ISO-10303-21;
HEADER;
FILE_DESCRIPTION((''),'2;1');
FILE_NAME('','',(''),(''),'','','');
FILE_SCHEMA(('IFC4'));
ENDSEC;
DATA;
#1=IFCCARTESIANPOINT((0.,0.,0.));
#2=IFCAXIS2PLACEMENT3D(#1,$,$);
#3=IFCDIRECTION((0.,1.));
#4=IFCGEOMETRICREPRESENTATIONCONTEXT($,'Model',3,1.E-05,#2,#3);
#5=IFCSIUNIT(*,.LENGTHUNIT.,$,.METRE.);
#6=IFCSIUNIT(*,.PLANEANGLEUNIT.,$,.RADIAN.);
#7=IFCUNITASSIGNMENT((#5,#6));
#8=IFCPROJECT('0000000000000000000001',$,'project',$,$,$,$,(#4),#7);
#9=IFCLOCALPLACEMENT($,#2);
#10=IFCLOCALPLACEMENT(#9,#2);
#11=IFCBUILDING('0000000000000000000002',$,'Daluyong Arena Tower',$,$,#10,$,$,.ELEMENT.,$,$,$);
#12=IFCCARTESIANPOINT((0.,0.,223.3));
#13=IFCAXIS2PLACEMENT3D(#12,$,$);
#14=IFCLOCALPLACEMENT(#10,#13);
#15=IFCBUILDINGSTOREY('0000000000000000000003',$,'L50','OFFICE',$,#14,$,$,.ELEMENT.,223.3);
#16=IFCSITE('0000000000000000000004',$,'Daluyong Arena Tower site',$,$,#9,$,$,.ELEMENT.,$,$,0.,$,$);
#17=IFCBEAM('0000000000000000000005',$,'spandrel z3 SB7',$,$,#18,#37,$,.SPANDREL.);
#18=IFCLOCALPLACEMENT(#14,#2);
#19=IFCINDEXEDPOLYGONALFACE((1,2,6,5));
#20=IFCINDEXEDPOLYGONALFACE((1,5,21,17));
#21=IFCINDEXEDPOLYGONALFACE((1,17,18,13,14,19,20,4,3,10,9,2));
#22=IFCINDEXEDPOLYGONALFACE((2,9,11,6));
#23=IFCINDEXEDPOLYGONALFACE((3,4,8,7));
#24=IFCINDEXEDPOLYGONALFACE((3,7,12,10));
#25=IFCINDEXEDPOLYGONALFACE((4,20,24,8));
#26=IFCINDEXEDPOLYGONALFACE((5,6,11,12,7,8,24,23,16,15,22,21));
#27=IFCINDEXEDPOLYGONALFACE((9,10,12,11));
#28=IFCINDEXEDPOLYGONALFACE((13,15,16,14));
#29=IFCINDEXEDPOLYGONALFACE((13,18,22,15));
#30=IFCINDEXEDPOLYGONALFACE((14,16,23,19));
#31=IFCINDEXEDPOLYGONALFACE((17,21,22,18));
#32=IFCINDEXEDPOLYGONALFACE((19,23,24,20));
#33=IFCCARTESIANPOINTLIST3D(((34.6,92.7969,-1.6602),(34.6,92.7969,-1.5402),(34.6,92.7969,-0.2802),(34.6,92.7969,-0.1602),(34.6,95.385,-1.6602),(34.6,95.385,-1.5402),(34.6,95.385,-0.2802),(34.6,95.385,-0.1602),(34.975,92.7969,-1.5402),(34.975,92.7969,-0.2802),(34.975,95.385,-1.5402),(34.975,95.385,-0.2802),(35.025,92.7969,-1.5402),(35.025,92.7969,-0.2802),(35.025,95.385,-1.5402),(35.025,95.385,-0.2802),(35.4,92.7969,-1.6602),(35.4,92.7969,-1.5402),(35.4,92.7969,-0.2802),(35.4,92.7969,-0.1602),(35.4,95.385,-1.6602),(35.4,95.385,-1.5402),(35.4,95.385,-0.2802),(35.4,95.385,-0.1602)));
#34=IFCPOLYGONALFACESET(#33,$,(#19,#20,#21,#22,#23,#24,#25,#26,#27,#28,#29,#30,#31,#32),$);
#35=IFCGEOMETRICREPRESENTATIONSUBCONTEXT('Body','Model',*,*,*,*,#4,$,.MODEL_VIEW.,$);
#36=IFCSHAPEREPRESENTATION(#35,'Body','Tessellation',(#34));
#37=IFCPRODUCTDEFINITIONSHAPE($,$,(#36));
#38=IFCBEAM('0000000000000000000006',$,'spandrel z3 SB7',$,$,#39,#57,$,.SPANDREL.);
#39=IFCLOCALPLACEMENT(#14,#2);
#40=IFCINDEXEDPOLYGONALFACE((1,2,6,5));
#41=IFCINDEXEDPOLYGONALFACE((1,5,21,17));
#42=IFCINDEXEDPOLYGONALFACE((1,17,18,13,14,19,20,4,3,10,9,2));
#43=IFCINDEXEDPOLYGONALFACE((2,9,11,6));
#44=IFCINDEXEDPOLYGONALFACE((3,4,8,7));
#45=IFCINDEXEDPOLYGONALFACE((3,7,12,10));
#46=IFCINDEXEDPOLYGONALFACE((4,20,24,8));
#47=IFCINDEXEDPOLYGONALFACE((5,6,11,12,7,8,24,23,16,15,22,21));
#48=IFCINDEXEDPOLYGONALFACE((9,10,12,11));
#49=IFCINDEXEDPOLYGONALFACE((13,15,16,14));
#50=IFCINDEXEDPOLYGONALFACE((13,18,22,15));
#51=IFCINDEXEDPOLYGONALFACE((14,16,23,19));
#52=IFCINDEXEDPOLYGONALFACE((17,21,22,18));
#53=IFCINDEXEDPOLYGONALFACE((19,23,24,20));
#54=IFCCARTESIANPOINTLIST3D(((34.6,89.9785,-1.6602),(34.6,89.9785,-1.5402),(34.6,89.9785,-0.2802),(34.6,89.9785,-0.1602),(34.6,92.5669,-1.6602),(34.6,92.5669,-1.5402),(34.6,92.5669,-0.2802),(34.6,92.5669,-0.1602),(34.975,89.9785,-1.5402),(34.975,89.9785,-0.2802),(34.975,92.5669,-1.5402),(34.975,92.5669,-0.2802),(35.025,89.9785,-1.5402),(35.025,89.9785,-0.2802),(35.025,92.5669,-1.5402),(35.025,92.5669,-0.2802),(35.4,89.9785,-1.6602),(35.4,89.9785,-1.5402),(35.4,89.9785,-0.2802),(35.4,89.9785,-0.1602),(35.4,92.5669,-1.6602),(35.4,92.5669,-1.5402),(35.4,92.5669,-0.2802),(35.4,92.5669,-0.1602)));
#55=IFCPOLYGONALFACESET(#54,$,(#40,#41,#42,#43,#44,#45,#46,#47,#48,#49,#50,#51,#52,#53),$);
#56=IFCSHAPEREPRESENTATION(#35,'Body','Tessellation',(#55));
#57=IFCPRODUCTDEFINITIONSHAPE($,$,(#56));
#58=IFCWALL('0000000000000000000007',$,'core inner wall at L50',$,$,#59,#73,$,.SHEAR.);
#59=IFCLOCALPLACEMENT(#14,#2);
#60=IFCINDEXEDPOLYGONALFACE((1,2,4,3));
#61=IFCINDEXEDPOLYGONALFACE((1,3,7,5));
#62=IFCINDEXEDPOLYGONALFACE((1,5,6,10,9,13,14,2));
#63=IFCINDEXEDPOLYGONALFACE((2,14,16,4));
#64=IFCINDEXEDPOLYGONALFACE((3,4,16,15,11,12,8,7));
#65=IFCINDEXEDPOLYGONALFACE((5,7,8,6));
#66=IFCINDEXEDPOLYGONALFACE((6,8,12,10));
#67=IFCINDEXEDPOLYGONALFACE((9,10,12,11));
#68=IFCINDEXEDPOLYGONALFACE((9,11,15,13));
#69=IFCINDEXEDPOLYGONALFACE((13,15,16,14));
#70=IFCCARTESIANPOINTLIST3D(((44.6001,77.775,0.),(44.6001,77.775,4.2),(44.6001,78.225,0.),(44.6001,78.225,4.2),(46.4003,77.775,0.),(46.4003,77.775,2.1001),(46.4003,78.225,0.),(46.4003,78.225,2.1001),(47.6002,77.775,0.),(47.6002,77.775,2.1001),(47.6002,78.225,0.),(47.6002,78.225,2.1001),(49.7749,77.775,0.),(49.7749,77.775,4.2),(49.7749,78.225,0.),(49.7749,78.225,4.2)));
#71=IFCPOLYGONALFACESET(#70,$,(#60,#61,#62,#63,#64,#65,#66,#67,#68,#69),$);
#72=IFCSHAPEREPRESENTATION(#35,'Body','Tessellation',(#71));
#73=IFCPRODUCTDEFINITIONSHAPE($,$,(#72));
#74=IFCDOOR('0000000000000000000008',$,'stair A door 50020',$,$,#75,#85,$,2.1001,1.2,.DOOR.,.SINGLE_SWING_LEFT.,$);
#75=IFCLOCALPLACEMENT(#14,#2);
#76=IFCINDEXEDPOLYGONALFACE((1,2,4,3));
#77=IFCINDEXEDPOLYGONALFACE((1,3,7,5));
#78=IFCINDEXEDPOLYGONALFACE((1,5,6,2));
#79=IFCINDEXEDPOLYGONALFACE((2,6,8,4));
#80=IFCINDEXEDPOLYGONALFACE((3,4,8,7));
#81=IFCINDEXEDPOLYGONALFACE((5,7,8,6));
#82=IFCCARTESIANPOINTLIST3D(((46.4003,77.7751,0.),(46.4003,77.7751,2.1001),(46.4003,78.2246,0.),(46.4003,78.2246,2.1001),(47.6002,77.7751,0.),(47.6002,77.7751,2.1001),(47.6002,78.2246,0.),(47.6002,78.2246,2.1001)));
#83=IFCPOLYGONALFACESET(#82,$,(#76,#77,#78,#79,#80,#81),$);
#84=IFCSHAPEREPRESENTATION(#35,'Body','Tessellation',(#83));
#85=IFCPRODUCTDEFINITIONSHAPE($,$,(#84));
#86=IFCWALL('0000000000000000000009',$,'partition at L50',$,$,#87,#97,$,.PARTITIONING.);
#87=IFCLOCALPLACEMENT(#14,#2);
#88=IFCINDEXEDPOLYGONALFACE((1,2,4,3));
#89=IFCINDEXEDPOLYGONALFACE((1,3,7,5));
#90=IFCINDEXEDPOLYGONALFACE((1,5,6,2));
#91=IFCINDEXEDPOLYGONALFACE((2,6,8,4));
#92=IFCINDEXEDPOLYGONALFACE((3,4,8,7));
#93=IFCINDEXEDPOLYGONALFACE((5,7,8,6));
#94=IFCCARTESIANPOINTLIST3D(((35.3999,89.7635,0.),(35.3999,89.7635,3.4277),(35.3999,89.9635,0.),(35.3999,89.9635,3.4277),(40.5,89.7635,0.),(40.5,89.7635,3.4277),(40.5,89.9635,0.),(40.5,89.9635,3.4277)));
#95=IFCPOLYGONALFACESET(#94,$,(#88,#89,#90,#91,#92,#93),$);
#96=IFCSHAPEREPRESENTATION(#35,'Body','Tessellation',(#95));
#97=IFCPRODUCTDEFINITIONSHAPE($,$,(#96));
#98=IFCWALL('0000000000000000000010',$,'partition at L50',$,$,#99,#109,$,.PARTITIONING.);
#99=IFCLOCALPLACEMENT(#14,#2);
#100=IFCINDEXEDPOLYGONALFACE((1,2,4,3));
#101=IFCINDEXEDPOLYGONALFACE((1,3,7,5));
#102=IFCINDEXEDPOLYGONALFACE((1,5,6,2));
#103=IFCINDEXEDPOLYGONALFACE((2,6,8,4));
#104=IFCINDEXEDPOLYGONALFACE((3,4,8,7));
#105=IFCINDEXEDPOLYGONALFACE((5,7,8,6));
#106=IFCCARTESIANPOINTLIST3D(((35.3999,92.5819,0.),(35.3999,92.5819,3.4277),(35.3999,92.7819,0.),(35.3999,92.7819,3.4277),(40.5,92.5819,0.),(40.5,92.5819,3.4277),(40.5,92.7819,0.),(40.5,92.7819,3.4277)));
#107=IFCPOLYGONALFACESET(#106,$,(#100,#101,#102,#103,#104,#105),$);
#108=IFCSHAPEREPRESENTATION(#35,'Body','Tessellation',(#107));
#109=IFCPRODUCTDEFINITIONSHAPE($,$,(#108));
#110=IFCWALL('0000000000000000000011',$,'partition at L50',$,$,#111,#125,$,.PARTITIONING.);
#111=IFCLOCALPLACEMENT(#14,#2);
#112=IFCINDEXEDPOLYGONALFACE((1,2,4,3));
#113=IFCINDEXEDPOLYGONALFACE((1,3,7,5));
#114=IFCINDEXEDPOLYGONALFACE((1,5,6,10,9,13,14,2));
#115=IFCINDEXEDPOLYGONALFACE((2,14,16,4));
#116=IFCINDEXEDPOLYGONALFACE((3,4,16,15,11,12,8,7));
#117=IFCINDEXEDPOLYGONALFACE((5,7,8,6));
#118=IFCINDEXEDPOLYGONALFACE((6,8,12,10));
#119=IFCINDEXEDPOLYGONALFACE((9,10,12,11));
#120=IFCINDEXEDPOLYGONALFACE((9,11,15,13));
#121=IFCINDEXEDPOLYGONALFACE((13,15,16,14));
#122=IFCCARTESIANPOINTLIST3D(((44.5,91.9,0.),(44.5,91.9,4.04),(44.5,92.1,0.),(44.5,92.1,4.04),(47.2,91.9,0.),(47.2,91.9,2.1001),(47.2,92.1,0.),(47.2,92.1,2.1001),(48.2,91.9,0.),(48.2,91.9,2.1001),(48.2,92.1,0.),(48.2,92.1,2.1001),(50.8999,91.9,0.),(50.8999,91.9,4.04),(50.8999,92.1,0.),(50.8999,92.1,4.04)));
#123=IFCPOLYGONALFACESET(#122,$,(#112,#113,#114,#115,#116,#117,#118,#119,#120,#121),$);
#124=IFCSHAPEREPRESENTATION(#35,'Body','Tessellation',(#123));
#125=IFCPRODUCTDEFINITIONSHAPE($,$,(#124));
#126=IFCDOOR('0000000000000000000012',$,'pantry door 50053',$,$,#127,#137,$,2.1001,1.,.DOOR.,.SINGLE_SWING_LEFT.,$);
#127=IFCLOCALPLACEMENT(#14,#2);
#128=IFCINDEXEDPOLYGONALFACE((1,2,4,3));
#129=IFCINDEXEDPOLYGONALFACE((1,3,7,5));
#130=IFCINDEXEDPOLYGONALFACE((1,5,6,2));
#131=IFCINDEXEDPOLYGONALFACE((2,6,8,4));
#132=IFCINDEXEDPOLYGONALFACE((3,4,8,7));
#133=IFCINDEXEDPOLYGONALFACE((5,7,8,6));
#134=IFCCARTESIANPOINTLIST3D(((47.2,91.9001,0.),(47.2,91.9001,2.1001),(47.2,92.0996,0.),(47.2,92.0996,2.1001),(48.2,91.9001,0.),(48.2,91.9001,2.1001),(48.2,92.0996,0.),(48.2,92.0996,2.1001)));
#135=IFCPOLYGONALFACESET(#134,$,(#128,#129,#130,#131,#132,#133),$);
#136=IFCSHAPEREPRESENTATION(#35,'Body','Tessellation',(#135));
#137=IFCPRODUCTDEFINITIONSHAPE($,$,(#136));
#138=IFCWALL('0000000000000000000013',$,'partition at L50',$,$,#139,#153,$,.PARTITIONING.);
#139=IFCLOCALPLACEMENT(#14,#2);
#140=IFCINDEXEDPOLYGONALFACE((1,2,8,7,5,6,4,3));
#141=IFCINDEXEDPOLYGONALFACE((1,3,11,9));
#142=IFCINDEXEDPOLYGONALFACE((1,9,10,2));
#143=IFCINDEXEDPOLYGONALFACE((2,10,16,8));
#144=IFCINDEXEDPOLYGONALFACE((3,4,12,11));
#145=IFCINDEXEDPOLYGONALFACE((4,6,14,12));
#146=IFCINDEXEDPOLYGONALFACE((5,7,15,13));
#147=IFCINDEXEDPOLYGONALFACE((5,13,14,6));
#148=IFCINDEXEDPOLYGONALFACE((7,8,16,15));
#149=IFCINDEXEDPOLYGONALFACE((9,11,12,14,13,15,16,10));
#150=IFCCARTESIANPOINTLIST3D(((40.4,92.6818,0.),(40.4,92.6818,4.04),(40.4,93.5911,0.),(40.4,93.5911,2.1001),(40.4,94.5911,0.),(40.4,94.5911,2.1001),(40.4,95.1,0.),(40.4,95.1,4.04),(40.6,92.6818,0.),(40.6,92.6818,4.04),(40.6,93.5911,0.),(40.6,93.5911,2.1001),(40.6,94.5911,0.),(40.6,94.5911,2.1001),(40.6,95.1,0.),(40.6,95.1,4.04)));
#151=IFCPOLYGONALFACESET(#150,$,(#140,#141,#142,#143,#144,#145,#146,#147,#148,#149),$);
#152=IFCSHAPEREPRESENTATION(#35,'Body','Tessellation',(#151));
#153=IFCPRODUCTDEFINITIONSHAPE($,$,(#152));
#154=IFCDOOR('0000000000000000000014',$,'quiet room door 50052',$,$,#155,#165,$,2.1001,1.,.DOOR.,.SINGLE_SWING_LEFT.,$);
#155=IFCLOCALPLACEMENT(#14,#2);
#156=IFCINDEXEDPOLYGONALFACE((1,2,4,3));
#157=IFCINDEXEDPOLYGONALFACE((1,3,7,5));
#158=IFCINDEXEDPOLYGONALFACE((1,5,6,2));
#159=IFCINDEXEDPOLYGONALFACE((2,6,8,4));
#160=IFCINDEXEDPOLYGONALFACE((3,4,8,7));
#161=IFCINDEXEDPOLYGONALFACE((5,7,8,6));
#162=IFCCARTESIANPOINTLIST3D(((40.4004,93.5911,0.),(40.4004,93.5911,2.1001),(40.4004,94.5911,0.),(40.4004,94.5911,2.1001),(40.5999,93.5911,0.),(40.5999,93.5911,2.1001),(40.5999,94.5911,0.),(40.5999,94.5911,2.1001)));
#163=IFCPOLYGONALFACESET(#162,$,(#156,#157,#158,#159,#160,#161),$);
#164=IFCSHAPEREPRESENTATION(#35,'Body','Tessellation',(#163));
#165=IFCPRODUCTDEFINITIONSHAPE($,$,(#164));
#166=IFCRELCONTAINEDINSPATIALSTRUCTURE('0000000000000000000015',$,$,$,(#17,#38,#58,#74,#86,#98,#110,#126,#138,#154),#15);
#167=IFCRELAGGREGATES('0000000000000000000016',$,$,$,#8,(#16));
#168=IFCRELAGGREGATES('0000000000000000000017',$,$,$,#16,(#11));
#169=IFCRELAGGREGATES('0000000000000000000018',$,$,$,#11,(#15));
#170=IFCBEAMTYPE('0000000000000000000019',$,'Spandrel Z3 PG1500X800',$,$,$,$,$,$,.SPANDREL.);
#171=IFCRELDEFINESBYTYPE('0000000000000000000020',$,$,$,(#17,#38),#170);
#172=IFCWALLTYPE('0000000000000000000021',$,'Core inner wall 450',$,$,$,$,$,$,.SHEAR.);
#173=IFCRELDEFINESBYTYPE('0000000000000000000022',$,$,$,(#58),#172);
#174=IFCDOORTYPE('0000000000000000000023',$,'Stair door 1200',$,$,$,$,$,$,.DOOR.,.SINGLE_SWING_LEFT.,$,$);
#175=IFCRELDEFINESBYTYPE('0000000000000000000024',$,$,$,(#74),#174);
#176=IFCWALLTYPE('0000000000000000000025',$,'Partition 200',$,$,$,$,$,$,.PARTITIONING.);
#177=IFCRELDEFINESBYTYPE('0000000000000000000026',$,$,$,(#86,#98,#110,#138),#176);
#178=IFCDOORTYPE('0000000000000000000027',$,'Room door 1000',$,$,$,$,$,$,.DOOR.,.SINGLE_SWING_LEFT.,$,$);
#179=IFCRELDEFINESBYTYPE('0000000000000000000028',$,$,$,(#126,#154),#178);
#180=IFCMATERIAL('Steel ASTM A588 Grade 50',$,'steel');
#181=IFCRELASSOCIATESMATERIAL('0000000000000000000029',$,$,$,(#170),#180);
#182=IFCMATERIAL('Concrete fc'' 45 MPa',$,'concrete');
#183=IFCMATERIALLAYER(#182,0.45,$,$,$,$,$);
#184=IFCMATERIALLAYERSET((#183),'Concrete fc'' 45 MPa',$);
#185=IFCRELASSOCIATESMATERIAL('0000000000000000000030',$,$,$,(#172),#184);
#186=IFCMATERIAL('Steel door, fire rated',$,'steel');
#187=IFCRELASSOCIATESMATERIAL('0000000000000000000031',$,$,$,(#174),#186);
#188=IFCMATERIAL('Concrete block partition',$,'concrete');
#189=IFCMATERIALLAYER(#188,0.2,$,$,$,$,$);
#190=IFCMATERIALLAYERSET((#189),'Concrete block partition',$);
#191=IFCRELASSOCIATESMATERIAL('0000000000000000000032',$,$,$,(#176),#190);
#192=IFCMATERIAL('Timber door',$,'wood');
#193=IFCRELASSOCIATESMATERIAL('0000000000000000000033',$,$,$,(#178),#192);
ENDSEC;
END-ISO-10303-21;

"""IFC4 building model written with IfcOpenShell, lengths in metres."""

from ifc_helpers import new_model, si_unit, direction, frame, frame_2d, origin, origin_2d, place, context, subcontext, project, spatial, rectangle, i_section, extrude, material, layer, layer_set, material_profile, profile_set, type_object, element, fill, save


model = new_model("IFC4")

# Units and contexts
model_context = context("Model", 3, precision=1e-05, world=origin(), true_north=direction((0.0, 1.0)))
body_context = subcontext(model_context, "Body", "Model", "MODEL_VIEW")
ifc_project = project(units=[si_unit("LENGTHUNIT", "METRE"), si_unit("PLANEANGLEUNIT", "RADIAN")], contexts=[model_context])

# Site, building, storey
site_placement = place(None, origin())
site = spatial("IfcSite", under=ifc_project, at=site_placement, Name="Daluyong Arena Tower site", CompositionType="ELEMENT", RefElevation=0.0)
building_placement = place(site_placement, origin())
building = spatial("IfcBuilding", under=site, at=building_placement, Name="Daluyong Arena Tower", CompositionType="ELEMENT")
storey_placement = place(building_placement, frame((0.0, 0.0, 223.3)))
storey = spatial("IfcBuildingStorey", under=building, at=storey_placement, Name="L50", Description="OFFICE", CompositionType="ELEMENT", Elevation=223.3)

# Beams
ifc_material_1 = material(Name="Steel ASTM A588 Grade 50", Category="steel")
ifc_material_profile_1 = material_profile(ifc_material_1, i_section(OverallWidth=0.8, OverallDepth=1.5, WebThickness=0.05, FlangeThickness=0.12, at=origin_2d()))
ifc_profile_set_1 = profile_set([ifc_material_profile_1], Name="Steel ASTM A588 Grade 50")
beam_type_1 = type_object("IfcBeamType", Name="Spandrel Z3 PG1500X800", PredefinedType="SPANDREL", material=ifc_profile_set_1)
beam_1_placement = place(storey_placement, frame((35.0, 95.385, -0.9102), z_axis=(0.0, -1.0, 0.0), x_axis=(1.0, 0.0, 0.0)))
element("IfcBeam", 1, at=beam_1_placement, inside=storey, type_object=beam_type_1, Name="spandrel z3 SB7", PredefinedType="SPANDREL", context=body_context, shape_type="SweptSolid", body=[
    extrude(i_section(OverallWidth=0.8, OverallDepth=1.5, WebThickness=0.05, FlangeThickness=0.12, at=origin_2d()), origin(), (0.0, 0.0, 1.0), 2.5881),
])
beam_2_placement = place(storey_placement, frame((35.0, 92.5669, -0.9102), z_axis=(0.0, -1.0, 0.0), x_axis=(1.0, 0.0, 0.0)))
element("IfcBeam", 2, at=beam_2_placement, inside=storey, type_object=beam_type_1, Name="spandrel z3 SB7", PredefinedType="SPANDREL", context=body_context, shape_type="SweptSolid", body=[
    extrude(i_section(OverallWidth=0.8, OverallDepth=1.5, WebThickness=0.05, FlangeThickness=0.12, at=origin_2d()), origin(), (0.0, 0.0, 1.0), 2.5884),
])

# Wall, opening, door
ifc_material_2 = material(Name="Concrete fc' 45 MPa", Category="concrete")
ifc_layer_1 = layer(ifc_material_2, 0.45)
ifc_layer_set_1 = layer_set([ifc_layer_1], Name="Concrete fc' 45 MPa")
wall_type_1 = type_object("IfcWallType", Name="Core inner wall 450", PredefinedType="SHEAR", material=ifc_layer_set_1)
wall_1_placement = place(storey_placement, frame((44.6001, 78.0, 0.0), z_axis=(0.0, 0.0, 1.0), x_axis=(1.0, 0.0, 0.0)))
wall_1 = element("IfcWall", 3, at=wall_1_placement, inside=storey, type_object=wall_type_1, Name="core inner wall at L50", PredefinedType="SHEAR", context=body_context, shape_type="SweptSolid", body=[
    extrude(rectangle(XDim=5.1748, YDim=0.45, at=frame_2d((2.5874, 0.0))), origin(), (0.0, 0.0, 1.0), 4.2),
])
opening_1_placement = place(wall_1_placement, frame((1.8, 0.0, 0.0)))
opening_1 = element("IfcOpeningElement", 4, at=opening_1_placement, cuts=wall_1, PredefinedType="OPENING", context=body_context, shape_type="SweptSolid", body=[
    extrude(rectangle(XDim=1.2, YDim=2.1001, at=frame_2d((0.6001, 1.05))), frame((0.0, 0.2349, 0.0), z_axis=(0.0, -1.0, 0.0), x_axis=(1.0, 0.0, 0.0)), (0.0, 0.0, 1.0), 0.47),
])
ifc_material_3 = material(Name="Steel door, fire rated", Category="steel")
door_type_1 = type_object("IfcDoorType", Name="Stair door 1200", OperationType="SINGLE_SWING_LEFT", PredefinedType="DOOR", material=ifc_material_3)
door_1_placement = place(opening_1_placement, origin())
door_1 = element("IfcDoor", 5, at=door_1_placement, inside=storey, type_object=door_type_1, Name="stair A door 50020", OperationType="SINGLE_SWING_LEFT", OverallHeight=2.1001, OverallWidth=1.2, PredefinedType="DOOR", context=body_context, shape_type="SweptSolid", body=[
    extrude(rectangle(XDim=1.2, YDim=2.1001, at=frame_2d((0.6001, 1.05))), frame((0.0, 0.2246, 0.0), z_axis=(0.0, -1.0, 0.0), x_axis=(1.0, 0.0, 0.0)), (0.0, 0.0, 1.0), 0.4495),
])
fill(opening_1, door_1)

# Walls
ifc_material_4 = material(Name="Concrete block partition", Category="concrete")
ifc_layer_2 = layer(ifc_material_4, 0.2)
ifc_layer_set_2 = layer_set([ifc_layer_2], Name="Concrete block partition")
wall_type_2 = type_object("IfcWallType", Name="Partition 200", PredefinedType="PARTITIONING", material=ifc_layer_set_2)
for number, where, z_axis, x_axis, name in (
    (6, (35.3999, 89.8635, 0.0), (0.0, 0.0, 1.0), (1.0, 0.0, 0.0), "partition at L50"),
    (7, (35.3999, 92.6819, 0.0), (0.0, 0.0, 1.0), (1.0, 0.0, 0.0), "partition at L50"),
):
    element("IfcWall", number, at=place(storey_placement, frame(where, z_axis=z_axis, x_axis=x_axis)), inside=storey, type_object=wall_type_2, Name=name, PredefinedType="PARTITIONING", context=body_context, shape_type="SweptSolid", body=[
        extrude(rectangle(XDim=5.1001, YDim=0.2, at=frame_2d((2.55, 0.0))), origin(), (0.0, 0.0, 1.0), 3.4277),
    ])

# Walls, openings, doors
wall_2_placement = place(storey_placement, frame((44.5, 92.0, 0.0), z_axis=(0.0, 0.0, 1.0), x_axis=(1.0, 0.0, 0.0)))
wall_2 = element("IfcWall", 8, at=wall_2_placement, inside=storey, type_object=wall_type_2, Name="partition at L50", PredefinedType="PARTITIONING", context=body_context, shape_type="SweptSolid", body=[
    extrude(rectangle(XDim=6.3999, YDim=0.2, at=frame_2d((3.2, 0.0))), origin(), (0.0, 0.0, 1.0), 4.04),
])
opening_2_placement = place(wall_2_placement, frame((2.7, 0.0, 0.0)))
opening_2 = element("IfcOpeningElement", 9, at=opening_2_placement, cuts=wall_2, PredefinedType="OPENING", context=body_context, shape_type="SweptSolid", body=[
    extrude(rectangle(XDim=1.0, YDim=2.1001, at=frame_2d((0.5, 1.05))), frame((0.0, 0.1099, 0.0), z_axis=(0.0, -1.0, 0.0), x_axis=(1.0, 0.0, 0.0)), (0.0, 0.0, 1.0), 0.22),
])
ifc_material_5 = material(Name="Timber door", Category="wood")
door_type_2 = type_object("IfcDoorType", Name="Room door 1000", OperationType="SINGLE_SWING_LEFT", PredefinedType="DOOR", material=ifc_material_5)
door_2_placement = place(opening_2_placement, origin())
door_2 = element("IfcDoor", 10, at=door_2_placement, inside=storey, type_object=door_type_2, Name="pantry door 50053", OperationType="SINGLE_SWING_LEFT", OverallHeight=2.1001, OverallWidth=1.0, PredefinedType="DOOR", context=body_context, shape_type="SweptSolid", body=[
    extrude(rectangle(XDim=1.0, YDim=2.1001, at=frame_2d((0.5, 1.05))), frame((0.0, 0.0996, 0.0), z_axis=(0.0, -1.0, 0.0), x_axis=(1.0, 0.0, 0.0)), (0.0, 0.0, 1.0), 0.1995),
])
fill(opening_2, door_2)
wall_3_placement = place(storey_placement, frame((40.5, 92.6819, 0.0), z_axis=(0.0, 0.0, 1.0), x_axis=(0.0, 1.0, 0.0)))
wall_3 = element("IfcWall", 11, at=wall_3_placement, inside=storey, type_object=wall_type_2, Name="partition at L50", PredefinedType="PARTITIONING", context=body_context, shape_type="SweptSolid", body=[
    extrude(rectangle(XDim=2.4182, YDim=0.2, at=frame_2d((1.209, 0.0))), origin(), (0.0, 0.0, 1.0), 4.04),
])
opening_3_placement = place(wall_3_placement, frame((0.9092, 0.0, 0.0)))
opening_3 = element("IfcOpeningElement", 12, at=opening_3_placement, cuts=wall_3, PredefinedType="OPENING", context=body_context, shape_type="SweptSolid", body=[
    extrude(rectangle(XDim=1.0, YDim=2.1001, at=frame_2d((0.5, 1.05))), frame((0.0, 0.1099, 0.0), z_axis=(0.0, -1.0, 0.0), x_axis=(1.0, 0.0, 0.0)), (0.0, 0.0, 1.0), 0.22),
])
door_3_placement = place(opening_3_placement, origin())
door_3 = element("IfcDoor", 13, at=door_3_placement, inside=storey, type_object=door_type_2, Name="quiet room door 50052", OperationType="SINGLE_SWING_LEFT", OverallHeight=2.1001, OverallWidth=1.0, PredefinedType="DOOR", context=body_context, shape_type="SweptSolid", body=[
    extrude(rectangle(XDim=1.0, YDim=2.1001, at=frame_2d((0.5, 1.05))), frame((0.0, 0.0996, 0.0), z_axis=(0.0, -1.0, 0.0), x_axis=(1.0, 0.0, 0.0)), (0.0, 0.0, 1.0), 0.1995),
])
fill(opening_3, door_3)

save(model, "model.ifc")
